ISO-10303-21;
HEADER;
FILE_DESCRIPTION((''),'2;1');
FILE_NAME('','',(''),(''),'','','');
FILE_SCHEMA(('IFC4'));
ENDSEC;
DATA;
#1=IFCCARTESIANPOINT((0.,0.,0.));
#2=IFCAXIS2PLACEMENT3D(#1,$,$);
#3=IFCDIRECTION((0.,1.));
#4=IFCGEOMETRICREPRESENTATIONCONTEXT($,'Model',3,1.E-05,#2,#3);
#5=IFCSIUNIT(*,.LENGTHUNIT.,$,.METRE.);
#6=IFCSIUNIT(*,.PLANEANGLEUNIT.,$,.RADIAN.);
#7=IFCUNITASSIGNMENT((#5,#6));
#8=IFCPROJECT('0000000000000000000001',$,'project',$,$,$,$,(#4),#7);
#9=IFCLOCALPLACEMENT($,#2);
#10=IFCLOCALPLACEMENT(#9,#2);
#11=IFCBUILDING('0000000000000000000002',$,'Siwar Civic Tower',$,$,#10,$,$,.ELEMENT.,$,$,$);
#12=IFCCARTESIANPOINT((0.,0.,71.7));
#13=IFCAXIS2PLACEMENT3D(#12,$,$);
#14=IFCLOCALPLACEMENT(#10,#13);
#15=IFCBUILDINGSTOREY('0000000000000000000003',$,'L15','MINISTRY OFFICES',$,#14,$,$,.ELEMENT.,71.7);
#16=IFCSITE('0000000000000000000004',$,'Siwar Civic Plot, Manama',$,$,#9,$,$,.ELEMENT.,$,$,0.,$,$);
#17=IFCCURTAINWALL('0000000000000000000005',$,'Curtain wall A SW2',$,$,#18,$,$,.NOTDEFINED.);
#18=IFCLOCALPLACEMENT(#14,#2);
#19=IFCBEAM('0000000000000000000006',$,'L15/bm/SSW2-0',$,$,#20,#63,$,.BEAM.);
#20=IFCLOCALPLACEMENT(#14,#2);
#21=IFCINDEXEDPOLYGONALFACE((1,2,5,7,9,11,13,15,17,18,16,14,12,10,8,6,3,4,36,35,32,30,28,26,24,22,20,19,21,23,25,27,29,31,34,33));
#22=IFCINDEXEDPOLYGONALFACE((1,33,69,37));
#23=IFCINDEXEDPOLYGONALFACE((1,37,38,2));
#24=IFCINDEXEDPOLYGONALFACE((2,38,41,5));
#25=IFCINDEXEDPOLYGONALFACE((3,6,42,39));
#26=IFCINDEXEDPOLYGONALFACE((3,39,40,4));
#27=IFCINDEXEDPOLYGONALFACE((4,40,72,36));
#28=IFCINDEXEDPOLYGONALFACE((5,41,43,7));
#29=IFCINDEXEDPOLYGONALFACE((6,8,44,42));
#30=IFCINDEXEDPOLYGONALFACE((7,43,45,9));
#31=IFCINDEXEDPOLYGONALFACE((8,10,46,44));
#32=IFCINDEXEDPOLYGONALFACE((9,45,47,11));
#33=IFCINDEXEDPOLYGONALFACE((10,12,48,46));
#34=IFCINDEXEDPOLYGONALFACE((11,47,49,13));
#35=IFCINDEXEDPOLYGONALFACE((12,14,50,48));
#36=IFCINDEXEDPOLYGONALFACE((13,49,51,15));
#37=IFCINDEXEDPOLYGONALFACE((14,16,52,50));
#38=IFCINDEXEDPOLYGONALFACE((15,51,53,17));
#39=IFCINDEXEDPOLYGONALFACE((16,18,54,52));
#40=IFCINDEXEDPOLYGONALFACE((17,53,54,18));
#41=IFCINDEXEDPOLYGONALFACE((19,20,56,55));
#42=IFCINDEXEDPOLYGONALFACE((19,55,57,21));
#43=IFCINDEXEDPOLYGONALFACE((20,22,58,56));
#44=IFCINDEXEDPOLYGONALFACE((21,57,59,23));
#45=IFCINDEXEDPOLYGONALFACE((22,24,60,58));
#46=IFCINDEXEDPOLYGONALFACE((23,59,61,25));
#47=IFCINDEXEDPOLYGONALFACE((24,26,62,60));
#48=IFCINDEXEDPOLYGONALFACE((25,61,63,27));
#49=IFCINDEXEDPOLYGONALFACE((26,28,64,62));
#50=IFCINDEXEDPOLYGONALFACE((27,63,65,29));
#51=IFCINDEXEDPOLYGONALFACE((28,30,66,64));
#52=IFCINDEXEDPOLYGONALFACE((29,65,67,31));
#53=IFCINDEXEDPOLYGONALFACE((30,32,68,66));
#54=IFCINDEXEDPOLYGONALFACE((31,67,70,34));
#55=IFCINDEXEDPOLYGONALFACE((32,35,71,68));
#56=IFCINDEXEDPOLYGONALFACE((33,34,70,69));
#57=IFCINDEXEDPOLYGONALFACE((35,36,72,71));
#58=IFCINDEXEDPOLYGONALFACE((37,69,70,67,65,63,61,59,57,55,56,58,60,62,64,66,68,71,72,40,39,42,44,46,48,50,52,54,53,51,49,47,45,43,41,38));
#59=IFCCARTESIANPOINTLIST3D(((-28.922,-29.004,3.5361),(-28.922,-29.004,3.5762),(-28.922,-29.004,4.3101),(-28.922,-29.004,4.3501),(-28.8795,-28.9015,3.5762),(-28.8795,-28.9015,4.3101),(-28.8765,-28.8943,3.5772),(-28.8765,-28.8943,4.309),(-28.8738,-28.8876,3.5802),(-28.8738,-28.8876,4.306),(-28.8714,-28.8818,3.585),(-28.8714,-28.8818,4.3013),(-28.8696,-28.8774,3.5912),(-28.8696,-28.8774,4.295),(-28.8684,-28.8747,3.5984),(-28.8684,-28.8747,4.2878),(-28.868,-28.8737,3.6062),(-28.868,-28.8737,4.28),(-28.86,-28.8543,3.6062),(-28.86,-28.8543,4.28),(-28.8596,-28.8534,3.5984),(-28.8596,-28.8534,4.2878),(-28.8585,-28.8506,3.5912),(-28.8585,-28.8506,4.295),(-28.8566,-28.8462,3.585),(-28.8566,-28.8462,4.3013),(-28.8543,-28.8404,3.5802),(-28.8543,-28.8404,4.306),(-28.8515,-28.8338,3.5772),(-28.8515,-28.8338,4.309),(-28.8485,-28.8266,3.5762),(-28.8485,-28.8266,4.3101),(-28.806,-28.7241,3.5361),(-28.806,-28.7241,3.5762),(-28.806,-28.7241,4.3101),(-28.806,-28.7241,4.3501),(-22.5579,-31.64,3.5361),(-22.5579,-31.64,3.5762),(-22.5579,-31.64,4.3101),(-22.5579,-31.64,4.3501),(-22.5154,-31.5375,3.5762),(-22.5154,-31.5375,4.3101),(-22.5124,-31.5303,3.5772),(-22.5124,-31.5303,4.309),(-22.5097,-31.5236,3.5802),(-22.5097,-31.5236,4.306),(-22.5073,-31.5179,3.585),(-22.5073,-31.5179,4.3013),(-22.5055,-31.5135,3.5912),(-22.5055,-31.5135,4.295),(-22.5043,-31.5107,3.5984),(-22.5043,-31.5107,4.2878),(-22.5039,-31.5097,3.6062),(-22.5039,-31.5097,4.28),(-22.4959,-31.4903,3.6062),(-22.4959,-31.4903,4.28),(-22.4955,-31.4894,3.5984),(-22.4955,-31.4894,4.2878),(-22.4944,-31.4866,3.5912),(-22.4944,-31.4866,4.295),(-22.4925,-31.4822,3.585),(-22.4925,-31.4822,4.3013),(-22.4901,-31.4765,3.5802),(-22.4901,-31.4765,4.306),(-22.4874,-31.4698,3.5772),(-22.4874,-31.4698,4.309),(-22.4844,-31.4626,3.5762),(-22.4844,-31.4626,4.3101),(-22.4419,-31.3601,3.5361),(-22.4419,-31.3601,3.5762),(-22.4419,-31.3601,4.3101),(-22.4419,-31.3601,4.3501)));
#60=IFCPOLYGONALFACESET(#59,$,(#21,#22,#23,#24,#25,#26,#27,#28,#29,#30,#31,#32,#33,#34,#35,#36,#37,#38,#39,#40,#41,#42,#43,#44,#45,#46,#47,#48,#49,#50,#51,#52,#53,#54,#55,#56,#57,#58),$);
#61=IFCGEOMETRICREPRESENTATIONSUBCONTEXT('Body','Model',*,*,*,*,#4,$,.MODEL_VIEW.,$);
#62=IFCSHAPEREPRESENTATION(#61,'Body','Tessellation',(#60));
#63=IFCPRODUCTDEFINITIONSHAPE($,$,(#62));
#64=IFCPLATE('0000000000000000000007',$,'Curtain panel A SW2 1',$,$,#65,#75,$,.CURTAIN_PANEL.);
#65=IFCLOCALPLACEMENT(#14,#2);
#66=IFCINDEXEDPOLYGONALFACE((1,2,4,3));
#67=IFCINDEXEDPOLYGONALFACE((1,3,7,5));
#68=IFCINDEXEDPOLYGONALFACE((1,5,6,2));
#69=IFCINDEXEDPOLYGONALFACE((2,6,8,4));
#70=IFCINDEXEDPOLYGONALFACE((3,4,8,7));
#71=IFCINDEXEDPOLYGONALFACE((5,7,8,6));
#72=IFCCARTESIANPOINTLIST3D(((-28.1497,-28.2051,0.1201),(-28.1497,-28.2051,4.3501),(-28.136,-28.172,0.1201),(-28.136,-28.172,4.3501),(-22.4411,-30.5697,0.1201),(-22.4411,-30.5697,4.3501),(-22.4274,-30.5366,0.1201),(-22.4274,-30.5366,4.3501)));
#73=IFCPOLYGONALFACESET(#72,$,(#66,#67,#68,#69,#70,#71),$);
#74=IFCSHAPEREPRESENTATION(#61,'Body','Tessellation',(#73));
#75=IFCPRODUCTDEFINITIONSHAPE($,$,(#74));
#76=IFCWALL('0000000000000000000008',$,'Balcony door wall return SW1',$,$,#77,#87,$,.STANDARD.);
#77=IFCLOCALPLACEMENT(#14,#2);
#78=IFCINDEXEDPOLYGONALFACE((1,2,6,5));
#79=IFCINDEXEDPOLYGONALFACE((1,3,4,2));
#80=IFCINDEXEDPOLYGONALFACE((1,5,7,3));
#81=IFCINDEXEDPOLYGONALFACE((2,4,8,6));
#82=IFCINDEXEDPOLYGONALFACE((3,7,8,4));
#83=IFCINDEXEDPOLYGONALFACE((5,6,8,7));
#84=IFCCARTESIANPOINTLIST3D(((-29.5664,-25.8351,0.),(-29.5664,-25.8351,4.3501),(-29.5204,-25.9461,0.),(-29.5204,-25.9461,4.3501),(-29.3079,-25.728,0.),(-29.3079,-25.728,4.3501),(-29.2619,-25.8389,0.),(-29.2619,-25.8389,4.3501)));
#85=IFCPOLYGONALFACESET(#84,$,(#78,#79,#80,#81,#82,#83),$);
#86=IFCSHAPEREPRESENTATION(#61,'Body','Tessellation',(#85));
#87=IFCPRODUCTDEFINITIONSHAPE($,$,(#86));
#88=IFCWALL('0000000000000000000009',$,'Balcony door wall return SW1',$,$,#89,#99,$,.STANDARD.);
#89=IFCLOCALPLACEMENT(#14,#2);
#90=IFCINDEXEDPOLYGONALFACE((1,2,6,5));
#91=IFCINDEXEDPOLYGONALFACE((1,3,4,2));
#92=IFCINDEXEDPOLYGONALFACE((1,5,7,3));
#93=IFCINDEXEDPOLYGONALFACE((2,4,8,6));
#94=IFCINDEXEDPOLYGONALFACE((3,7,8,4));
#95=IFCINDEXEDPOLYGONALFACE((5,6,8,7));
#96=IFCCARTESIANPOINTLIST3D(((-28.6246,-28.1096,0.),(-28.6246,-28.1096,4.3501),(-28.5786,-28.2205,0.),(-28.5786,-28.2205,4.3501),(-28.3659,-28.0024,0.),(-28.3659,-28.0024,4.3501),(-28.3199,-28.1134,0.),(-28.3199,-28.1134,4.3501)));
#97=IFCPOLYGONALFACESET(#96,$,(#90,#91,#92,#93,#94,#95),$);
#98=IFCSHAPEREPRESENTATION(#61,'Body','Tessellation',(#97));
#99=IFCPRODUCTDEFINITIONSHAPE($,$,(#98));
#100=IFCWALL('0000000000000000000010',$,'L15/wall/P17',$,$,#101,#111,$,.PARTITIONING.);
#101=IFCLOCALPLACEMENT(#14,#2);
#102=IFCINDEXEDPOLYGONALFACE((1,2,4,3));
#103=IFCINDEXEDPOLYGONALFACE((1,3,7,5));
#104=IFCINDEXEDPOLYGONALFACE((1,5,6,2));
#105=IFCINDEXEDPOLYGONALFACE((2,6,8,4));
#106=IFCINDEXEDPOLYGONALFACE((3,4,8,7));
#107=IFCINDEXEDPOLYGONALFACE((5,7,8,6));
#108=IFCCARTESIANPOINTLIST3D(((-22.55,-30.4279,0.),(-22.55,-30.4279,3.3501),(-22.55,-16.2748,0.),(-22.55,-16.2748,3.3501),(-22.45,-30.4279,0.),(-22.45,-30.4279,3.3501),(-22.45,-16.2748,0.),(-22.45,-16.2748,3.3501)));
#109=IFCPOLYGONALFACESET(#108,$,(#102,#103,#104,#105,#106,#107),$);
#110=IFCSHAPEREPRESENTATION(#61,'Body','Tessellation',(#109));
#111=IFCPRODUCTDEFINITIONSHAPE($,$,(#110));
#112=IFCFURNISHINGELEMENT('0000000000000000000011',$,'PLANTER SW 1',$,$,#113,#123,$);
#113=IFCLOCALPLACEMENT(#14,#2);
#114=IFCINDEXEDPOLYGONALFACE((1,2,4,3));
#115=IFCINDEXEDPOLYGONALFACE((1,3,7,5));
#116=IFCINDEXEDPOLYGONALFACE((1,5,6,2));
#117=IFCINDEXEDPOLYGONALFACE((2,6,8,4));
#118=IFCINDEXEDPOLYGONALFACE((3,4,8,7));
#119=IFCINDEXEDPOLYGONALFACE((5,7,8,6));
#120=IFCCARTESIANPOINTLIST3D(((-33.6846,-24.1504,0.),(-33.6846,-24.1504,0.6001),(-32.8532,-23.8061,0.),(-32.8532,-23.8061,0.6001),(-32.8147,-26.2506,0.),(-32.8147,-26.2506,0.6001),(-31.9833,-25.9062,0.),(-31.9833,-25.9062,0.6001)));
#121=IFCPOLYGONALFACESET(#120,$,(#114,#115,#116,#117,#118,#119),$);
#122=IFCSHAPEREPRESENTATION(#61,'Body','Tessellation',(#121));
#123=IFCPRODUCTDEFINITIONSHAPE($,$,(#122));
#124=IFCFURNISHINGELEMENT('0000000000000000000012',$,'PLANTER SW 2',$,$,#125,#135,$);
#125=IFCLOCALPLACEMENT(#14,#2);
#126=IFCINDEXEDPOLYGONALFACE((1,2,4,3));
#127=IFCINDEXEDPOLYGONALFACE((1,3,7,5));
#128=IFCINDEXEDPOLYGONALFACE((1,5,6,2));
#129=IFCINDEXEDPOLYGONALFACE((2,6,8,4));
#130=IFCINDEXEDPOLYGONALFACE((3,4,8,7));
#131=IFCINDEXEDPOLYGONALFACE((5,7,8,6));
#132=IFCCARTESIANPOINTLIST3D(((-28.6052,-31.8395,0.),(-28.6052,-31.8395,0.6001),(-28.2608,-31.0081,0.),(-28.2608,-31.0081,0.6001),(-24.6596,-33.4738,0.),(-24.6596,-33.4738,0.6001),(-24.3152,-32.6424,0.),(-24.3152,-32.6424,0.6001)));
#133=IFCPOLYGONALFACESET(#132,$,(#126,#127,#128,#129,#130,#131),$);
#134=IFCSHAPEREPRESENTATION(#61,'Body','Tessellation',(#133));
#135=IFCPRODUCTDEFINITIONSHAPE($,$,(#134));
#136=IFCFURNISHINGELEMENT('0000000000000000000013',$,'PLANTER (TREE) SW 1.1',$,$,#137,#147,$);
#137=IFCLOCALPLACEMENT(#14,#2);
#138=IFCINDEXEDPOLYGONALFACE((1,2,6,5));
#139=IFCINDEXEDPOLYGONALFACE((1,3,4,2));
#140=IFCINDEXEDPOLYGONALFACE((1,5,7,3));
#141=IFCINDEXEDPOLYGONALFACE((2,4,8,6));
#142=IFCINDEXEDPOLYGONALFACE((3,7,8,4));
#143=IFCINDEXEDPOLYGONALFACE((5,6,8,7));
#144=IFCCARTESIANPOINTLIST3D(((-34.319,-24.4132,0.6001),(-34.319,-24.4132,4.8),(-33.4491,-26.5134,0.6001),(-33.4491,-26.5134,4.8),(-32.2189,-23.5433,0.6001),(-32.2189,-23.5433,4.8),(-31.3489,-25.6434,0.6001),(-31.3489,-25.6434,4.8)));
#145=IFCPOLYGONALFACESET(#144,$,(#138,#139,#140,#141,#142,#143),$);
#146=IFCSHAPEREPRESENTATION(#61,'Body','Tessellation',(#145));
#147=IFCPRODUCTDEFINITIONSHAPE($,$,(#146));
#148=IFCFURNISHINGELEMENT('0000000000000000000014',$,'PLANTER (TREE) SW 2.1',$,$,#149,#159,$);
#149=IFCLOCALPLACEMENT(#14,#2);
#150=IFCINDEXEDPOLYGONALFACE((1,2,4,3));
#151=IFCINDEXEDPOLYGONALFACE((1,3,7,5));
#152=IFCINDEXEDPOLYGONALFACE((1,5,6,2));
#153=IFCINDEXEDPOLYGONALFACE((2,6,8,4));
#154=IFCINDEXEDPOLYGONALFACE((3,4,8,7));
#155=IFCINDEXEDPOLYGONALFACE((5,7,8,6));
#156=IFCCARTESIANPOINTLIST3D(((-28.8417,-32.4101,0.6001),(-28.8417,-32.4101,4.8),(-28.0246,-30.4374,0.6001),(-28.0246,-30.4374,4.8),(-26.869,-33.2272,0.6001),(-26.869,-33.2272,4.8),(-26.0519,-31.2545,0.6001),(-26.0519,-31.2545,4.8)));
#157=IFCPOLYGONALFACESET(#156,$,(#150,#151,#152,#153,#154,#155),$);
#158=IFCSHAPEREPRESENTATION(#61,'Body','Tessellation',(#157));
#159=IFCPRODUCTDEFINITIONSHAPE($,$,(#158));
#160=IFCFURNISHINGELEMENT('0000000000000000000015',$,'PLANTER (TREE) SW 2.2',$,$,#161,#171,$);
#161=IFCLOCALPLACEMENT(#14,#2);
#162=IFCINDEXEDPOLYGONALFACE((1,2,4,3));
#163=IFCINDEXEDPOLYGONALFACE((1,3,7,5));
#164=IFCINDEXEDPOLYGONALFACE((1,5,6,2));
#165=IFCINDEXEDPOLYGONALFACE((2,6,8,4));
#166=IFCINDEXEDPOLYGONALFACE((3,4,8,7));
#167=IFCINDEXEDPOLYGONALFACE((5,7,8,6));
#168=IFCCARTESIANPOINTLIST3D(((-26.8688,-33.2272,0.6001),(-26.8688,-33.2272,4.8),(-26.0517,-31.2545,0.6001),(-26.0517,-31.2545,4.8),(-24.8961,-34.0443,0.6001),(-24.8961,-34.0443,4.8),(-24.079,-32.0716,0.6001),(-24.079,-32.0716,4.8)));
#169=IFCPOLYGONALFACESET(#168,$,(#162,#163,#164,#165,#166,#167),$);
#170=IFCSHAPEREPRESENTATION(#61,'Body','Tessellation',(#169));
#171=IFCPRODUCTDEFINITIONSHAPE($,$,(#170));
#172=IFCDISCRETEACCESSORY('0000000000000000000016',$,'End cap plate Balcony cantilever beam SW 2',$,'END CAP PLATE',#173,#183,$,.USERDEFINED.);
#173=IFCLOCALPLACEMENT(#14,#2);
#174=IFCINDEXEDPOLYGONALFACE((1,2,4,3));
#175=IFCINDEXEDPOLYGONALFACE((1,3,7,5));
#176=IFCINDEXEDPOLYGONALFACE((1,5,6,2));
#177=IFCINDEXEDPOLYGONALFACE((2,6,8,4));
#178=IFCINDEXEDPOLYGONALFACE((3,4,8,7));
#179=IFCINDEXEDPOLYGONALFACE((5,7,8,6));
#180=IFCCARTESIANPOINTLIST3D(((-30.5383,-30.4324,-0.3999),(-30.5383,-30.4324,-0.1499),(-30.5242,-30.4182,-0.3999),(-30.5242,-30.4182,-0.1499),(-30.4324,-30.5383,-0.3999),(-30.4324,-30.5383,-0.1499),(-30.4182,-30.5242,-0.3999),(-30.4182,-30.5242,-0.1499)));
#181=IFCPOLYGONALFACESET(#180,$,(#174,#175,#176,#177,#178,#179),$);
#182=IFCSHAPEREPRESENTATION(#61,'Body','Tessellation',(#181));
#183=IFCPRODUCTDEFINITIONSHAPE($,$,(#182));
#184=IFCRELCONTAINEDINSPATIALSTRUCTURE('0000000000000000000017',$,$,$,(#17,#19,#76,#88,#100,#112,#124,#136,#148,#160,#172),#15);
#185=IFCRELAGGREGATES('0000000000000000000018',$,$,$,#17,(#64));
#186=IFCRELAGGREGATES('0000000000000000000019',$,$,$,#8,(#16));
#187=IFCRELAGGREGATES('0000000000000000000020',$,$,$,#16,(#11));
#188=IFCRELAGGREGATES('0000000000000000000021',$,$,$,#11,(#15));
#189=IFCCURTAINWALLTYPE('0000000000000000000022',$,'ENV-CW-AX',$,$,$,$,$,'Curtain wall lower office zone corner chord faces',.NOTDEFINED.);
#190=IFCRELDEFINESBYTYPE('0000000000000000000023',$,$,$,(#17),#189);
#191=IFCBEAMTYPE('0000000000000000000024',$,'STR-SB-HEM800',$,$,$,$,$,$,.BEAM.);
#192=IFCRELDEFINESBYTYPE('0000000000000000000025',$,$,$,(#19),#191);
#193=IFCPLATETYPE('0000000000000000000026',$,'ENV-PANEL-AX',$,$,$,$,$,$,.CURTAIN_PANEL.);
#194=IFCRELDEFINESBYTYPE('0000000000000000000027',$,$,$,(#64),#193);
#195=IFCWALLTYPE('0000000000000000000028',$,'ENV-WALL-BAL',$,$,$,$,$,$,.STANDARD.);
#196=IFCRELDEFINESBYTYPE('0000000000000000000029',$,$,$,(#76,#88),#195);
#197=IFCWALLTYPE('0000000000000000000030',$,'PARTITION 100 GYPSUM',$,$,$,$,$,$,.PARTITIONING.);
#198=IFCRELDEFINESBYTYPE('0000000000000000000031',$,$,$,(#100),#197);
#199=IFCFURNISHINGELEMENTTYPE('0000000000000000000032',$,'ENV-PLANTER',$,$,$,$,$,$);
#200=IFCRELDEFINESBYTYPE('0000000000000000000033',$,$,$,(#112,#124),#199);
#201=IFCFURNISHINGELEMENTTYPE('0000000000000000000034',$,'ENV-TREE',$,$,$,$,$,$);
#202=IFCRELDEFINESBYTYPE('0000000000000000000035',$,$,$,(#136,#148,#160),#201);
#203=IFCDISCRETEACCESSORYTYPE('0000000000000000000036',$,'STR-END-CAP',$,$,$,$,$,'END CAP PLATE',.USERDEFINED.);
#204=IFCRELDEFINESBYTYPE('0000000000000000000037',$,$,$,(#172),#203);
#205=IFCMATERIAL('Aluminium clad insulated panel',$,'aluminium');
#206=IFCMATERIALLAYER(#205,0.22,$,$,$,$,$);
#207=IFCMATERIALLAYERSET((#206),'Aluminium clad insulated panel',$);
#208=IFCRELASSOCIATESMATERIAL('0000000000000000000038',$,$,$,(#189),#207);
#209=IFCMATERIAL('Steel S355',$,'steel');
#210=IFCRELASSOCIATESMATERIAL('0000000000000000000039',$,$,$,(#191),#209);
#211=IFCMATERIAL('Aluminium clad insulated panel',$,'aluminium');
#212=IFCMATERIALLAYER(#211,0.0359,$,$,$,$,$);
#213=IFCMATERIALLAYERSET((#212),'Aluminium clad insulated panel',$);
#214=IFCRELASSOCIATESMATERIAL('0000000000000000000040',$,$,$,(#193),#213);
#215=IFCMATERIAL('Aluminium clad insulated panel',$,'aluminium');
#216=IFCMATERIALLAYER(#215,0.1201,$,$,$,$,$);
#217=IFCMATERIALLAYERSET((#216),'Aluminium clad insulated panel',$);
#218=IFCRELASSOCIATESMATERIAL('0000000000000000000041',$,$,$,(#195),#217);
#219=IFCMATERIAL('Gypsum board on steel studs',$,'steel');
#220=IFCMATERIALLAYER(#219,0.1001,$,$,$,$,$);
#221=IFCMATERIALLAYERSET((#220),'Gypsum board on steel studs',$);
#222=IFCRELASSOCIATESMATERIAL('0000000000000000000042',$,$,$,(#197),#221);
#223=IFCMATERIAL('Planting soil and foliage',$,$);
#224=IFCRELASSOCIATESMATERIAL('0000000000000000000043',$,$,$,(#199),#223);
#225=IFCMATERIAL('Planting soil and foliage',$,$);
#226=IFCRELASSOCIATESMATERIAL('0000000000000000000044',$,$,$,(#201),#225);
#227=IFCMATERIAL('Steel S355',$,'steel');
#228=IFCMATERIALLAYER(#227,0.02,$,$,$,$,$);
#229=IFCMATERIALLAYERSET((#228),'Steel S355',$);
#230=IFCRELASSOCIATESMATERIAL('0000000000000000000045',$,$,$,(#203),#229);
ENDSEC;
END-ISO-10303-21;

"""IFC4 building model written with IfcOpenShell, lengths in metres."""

from ifc_helpers import new_model, si_unit, direction, frame, frame_2d, origin, origin_2d, place, context, subcontext, project, spatial, rectangle, i_section, extrude, material, layer, layer_set, material_profile, profile_set, type_object, element, aggregate, save


model = new_model("IFC4")

# Units and contexts
model_context = context("Model", 3, precision=1e-05, world=origin(), true_north=direction((0.0, 1.0)))
body_context = subcontext(model_context, "Body", "Model", "MODEL_VIEW")
ifc_project = project(units=[si_unit("LENGTHUNIT", "METRE"), si_unit("PLANEANGLEUNIT", "RADIAN")], contexts=[model_context])

# Site, building, storey
site_placement = place(None, origin())
site = spatial("IfcSite", under=ifc_project, at=site_placement, Name="Siwar Civic Plot, Manama", CompositionType="ELEMENT", RefElevation=0.0)
building_placement = place(site_placement, origin())
building = spatial("IfcBuilding", under=site, at=building_placement, Name="Siwar Civic Tower", CompositionType="ELEMENT")
storey_placement = place(building_placement, frame((0.0, 0.0, 71.7)))
storey = spatial("IfcBuildingStorey", under=building, at=storey_placement, Name="L15", Description="MINISTRY OFFICES", CompositionType="ELEMENT", Elevation=71.7)

# Shared definitions
ifc_material_1 = material(Name="Aluminium clad insulated panel", Category="aluminium")
ifc_layer_1 = layer(ifc_material_1, 0.22)
ifc_layer_set_1 = layer_set([ifc_layer_1], Name="Aluminium clad insulated panel")
curtain_wall_type = type_object("IfcCurtainWallType", Name="ENV-CW-AX", ElementType="Curtain wall lower office zone corner chord faces", PredefinedType="NOTDEFINED", material=ifc_layer_set_1)

# Curtain wall
curtain_wall_1_placement = place(storey_placement, origin())
curtain_wall_1 = element("IfcCurtainWall", 1, at=curtain_wall_1_placement, inside=storey, type_object=curtain_wall_type, Name="Curtain wall A SW2", PredefinedType="NOTDEFINED")

# Beam
ifc_material_2 = material(Name="Steel S355", Category="steel")
ifc_material_profile_1 = material_profile(ifc_material_2, i_section(OverallWidth=0.303, OverallDepth=0.814, WebThickness=0.021, FlangeThickness=0.04, FilletRadius=0.03, at=origin_2d()), Name="HEM800")
ifc_profile_set_1 = profile_set([ifc_material_profile_1], Name="Steel S355")
beam_type_1 = type_object("IfcBeamType", Name="STR-SB-HEM800", PredefinedType="BEAM", material=ifc_profile_set_1)
beam_1_placement = place(storey_placement, frame((-28.864, -28.864, 3.9431), z_axis=(0.923883, -0.382674, 0.0), x_axis=(0.382674, 0.923883, 0.0)))
element("IfcBeam", 2, at=beam_1_placement, inside=storey, type_object=beam_type_1, Name="L15/bm/SSW2-0", PredefinedType="BEAM", context=body_context, shape_type="SweptSolid", body=[
    extrude(i_section(OverallWidth=0.303, OverallDepth=0.814, WebThickness=0.021, FlangeThickness=0.04, FilletRadius=0.03, at=origin_2d()), origin(), (0.0, 0.0, 1.0), 6.8884),
])

# Plate
ifc_material_3 = material(Name="Aluminium clad insulated panel", Category="aluminium")
ifc_layer_2 = layer(ifc_material_3, 0.0359)
ifc_layer_set_2 = layer_set([ifc_layer_2], Name="Aluminium clad insulated panel")
plate_type = type_object("IfcPlateType", Name="ENV-PANEL-AX", PredefinedType="CURTAIN_PANEL", material=ifc_layer_set_2)
plate_placement = place(storey_placement, frame((-25.2886, -29.3708, 0.1201), z_axis=(0.0, 0.0, 1.0), x_axis=(0.92388, -0.382683, 0.0)))
plate = element("IfcPlate", 3, at=plate_placement, type_object=plate_type, Name="Curtain panel A SW2 1", PredefinedType="CURTAIN_PANEL", context=body_context, shape_type="SweptSolid", body=[
    extrude(rectangle(XDim=6.179, YDim=0.0359, at=origin_2d()), origin(), (0.0, 0.0, 1.0), 4.23),
])
aggregate(curtain_wall_1, [plate])

# Walls
ifc_material_4 = material(Name="Aluminium clad insulated panel", Category="aluminium")
ifc_layer_3 = layer(ifc_material_4, 0.1201)
ifc_layer_set_3 = layer_set([ifc_layer_3], Name="Aluminium clad insulated panel")
wall_type_1 = type_object("IfcWallType", Name="ENV-WALL-BAL", PredefinedType="STANDARD", material=ifc_layer_set_3)
wall_1_placement = place(storey_placement, frame((-29.2849, -25.7834, 0.0), z_axis=(0.0, 0.0, 1.0), x_axis=(-0.923772, -0.382942, 0.0)))
element("IfcWall", 4, at=wall_1_placement, inside=storey, type_object=wall_type_1, Name="Balcony door wall return SW1", PredefinedType="STANDARD", context=body_context, shape_type="SweptSolid", body=[
    extrude(rectangle(XDim=0.2798, YDim=0.1201, at=frame_2d((0.1399, 0.0))), origin(), (0.0, 0.0, 1.0), 4.3501),
])
wall_2_placement = place(storey_placement, frame((-28.3428, -28.0579, 0.0), z_axis=(0.0, 0.0, 1.0), x_axis=(-0.9239, -0.382634, 0.0)))
element("IfcWall", 5, at=wall_2_placement, inside=storey, type_object=wall_type_1, Name="Balcony door wall return SW1", PredefinedType="STANDARD", context=body_context, shape_type="SweptSolid", body=[
    extrude(rectangle(XDim=0.28, YDim=0.1201, at=frame_2d((0.1401, 0.0))), origin(), (0.0, 0.0, 1.0), 4.3501),
])

# Wall
ifc_material_5 = material(Name="Gypsum board on steel studs", Category="steel")
ifc_layer_4 = layer(ifc_material_5, 0.1001)
ifc_layer_set_4 = layer_set([ifc_layer_4], Name="Gypsum board on steel studs")
wall_type_2 = type_object("IfcWallType", Name="PARTITION 100 GYPSUM", PredefinedType="PARTITIONING", material=ifc_layer_set_4)
wall_3_placement = place(storey_placement, frame((-22.5, -30.428, 0.0), z_axis=(0.0, 0.0, 1.0), x_axis=(0.0, 1.0, 0.0)))
element("IfcWall", 6, at=wall_3_placement, inside=storey, type_object=wall_type_2, Name="L15/wall/P17", PredefinedType="PARTITIONING", context=body_context, shape_type="SweptSolid", body=[
    extrude(rectangle(XDim=14.1531, YDim=0.1001, at=frame_2d((7.0767, 0.0))), origin(), (0.0, 0.0, 1.0), 3.3501),
])

# Furnishing elements
ifc_material_6 = material(Name="Planting soil and foliage")
furnishing_element_type_1 = type_object("IfcFurnishingElementType", Name="ENV-PLANTER", material=ifc_material_6)
furnishing_1_placement = place(storey_placement, frame((-32.834, -25.0283, 0.0), z_axis=(0.0, 0.0, 1.0), x_axis=(0.382683, -0.92388, 0.0)))
element("IfcFurnishingElement", 7, at=furnishing_1_placement, inside=storey, type_object=furnishing_element_type_1, Name="PLANTER SW 1", context=body_context, shape_type="SweptSolid", body=[
    extrude(rectangle(XDim=2.2732, YDim=0.8999, at=origin_2d()), origin(), (0.0, 0.0, 1.0), 0.6001),
])
furnishing_2_placement = place(storey_placement, frame((-26.4602, -32.241, 0.0), z_axis=(0.0, 0.0, 1.0), x_axis=(0.92388, -0.382683, 0.0)))
element("IfcFurnishingElement", 8, at=furnishing_2_placement, inside=storey, type_object=furnishing_element_type_1, Name="PLANTER SW 2", context=body_context, shape_type="SweptSolid", body=[
    extrude(rectangle(XDim=4.2708, YDim=0.8999, at=origin_2d()), origin(), (0.0, 0.0, 1.0), 0.6001),
])
ifc_material_7 = material(Name="Planting soil and foliage")
furnishing_element_type_2 = type_object("IfcFurnishingElementType", Name="ENV-TREE", material=ifc_material_7)
furnishing_3_placement = place(storey_placement, frame((-32.834, -25.0283, 0.6001), z_axis=(0.0, 0.0, 1.0), x_axis=(0.382683, -0.92388, 0.0)))
element("IfcFurnishingElement", 9, at=furnishing_3_placement, inside=storey, type_object=furnishing_element_type_2, Name="PLANTER (TREE) SW 1.1", context=body_context, shape_type="SweptSolid", body=[
    extrude(rectangle(XDim=2.2732, YDim=2.2732, at=origin_2d()), origin(), (0.0, 0.0, 1.0), 4.2),
])
for number, where, z_axis, x_axis, name in (
    (10, (-27.4468, -31.8323, 0.6001), (0.0, 0.0, 1.0), (0.92388, -0.382683, 0.0), "PLANTER (TREE) SW 2.1"),
    (11, (-25.4739, -32.6494, 0.6001), (0.0, 0.0, 1.0), (0.92388, -0.382683, 0.0), "PLANTER (TREE) SW 2.2"),
):
    element("IfcFurnishingElement", number, at=place(storey_placement, frame(where, z_axis=z_axis, x_axis=x_axis)), inside=storey, type_object=furnishing_element_type_2, Name=name, context=body_context, shape_type="SweptSolid", body=[
        extrude(rectangle(XDim=2.1353, YDim=2.1353, at=origin_2d()), origin(), (0.0, 0.0, 1.0), 4.2),
    ])

# Discrete accessory
ifc_material_8 = material(Name="Steel S355", Category="steel")
ifc_layer_5 = layer(ifc_material_8, 0.02)
ifc_layer_set_5 = layer_set([ifc_layer_5], Name="Steel S355")
discrete_accessory_type = type_object("IfcDiscreteAccessoryType", Name="STR-END-CAP", ElementType="END CAP PLATE", PredefinedType="USERDEFINED", material=ifc_layer_set_5)
for number, where, z_axis, x_axis, name in (
    (12, (-30.4783, -30.4783, -0.3999), (0.0, 0.0, 1.0), (-0.707107, -0.707107, 0.0), "End cap plate Balcony cantilever beam SW 2"),
):
    element("IfcDiscreteAccessory", number, at=place(storey_placement, frame(where, z_axis=z_axis, x_axis=x_axis)), inside=storey, type_object=discrete_accessory_type, Name=name, ObjectType="END CAP PLATE", PredefinedType="USERDEFINED", context=body_context, shape_type="SweptSolid", body=[
        extrude(rectangle(XDim=0.02, YDim=0.1499, at=origin_2d()), origin(), (0.0, 0.0, 1.0), 0.25),
    ])

save(model, "model.ifc")
